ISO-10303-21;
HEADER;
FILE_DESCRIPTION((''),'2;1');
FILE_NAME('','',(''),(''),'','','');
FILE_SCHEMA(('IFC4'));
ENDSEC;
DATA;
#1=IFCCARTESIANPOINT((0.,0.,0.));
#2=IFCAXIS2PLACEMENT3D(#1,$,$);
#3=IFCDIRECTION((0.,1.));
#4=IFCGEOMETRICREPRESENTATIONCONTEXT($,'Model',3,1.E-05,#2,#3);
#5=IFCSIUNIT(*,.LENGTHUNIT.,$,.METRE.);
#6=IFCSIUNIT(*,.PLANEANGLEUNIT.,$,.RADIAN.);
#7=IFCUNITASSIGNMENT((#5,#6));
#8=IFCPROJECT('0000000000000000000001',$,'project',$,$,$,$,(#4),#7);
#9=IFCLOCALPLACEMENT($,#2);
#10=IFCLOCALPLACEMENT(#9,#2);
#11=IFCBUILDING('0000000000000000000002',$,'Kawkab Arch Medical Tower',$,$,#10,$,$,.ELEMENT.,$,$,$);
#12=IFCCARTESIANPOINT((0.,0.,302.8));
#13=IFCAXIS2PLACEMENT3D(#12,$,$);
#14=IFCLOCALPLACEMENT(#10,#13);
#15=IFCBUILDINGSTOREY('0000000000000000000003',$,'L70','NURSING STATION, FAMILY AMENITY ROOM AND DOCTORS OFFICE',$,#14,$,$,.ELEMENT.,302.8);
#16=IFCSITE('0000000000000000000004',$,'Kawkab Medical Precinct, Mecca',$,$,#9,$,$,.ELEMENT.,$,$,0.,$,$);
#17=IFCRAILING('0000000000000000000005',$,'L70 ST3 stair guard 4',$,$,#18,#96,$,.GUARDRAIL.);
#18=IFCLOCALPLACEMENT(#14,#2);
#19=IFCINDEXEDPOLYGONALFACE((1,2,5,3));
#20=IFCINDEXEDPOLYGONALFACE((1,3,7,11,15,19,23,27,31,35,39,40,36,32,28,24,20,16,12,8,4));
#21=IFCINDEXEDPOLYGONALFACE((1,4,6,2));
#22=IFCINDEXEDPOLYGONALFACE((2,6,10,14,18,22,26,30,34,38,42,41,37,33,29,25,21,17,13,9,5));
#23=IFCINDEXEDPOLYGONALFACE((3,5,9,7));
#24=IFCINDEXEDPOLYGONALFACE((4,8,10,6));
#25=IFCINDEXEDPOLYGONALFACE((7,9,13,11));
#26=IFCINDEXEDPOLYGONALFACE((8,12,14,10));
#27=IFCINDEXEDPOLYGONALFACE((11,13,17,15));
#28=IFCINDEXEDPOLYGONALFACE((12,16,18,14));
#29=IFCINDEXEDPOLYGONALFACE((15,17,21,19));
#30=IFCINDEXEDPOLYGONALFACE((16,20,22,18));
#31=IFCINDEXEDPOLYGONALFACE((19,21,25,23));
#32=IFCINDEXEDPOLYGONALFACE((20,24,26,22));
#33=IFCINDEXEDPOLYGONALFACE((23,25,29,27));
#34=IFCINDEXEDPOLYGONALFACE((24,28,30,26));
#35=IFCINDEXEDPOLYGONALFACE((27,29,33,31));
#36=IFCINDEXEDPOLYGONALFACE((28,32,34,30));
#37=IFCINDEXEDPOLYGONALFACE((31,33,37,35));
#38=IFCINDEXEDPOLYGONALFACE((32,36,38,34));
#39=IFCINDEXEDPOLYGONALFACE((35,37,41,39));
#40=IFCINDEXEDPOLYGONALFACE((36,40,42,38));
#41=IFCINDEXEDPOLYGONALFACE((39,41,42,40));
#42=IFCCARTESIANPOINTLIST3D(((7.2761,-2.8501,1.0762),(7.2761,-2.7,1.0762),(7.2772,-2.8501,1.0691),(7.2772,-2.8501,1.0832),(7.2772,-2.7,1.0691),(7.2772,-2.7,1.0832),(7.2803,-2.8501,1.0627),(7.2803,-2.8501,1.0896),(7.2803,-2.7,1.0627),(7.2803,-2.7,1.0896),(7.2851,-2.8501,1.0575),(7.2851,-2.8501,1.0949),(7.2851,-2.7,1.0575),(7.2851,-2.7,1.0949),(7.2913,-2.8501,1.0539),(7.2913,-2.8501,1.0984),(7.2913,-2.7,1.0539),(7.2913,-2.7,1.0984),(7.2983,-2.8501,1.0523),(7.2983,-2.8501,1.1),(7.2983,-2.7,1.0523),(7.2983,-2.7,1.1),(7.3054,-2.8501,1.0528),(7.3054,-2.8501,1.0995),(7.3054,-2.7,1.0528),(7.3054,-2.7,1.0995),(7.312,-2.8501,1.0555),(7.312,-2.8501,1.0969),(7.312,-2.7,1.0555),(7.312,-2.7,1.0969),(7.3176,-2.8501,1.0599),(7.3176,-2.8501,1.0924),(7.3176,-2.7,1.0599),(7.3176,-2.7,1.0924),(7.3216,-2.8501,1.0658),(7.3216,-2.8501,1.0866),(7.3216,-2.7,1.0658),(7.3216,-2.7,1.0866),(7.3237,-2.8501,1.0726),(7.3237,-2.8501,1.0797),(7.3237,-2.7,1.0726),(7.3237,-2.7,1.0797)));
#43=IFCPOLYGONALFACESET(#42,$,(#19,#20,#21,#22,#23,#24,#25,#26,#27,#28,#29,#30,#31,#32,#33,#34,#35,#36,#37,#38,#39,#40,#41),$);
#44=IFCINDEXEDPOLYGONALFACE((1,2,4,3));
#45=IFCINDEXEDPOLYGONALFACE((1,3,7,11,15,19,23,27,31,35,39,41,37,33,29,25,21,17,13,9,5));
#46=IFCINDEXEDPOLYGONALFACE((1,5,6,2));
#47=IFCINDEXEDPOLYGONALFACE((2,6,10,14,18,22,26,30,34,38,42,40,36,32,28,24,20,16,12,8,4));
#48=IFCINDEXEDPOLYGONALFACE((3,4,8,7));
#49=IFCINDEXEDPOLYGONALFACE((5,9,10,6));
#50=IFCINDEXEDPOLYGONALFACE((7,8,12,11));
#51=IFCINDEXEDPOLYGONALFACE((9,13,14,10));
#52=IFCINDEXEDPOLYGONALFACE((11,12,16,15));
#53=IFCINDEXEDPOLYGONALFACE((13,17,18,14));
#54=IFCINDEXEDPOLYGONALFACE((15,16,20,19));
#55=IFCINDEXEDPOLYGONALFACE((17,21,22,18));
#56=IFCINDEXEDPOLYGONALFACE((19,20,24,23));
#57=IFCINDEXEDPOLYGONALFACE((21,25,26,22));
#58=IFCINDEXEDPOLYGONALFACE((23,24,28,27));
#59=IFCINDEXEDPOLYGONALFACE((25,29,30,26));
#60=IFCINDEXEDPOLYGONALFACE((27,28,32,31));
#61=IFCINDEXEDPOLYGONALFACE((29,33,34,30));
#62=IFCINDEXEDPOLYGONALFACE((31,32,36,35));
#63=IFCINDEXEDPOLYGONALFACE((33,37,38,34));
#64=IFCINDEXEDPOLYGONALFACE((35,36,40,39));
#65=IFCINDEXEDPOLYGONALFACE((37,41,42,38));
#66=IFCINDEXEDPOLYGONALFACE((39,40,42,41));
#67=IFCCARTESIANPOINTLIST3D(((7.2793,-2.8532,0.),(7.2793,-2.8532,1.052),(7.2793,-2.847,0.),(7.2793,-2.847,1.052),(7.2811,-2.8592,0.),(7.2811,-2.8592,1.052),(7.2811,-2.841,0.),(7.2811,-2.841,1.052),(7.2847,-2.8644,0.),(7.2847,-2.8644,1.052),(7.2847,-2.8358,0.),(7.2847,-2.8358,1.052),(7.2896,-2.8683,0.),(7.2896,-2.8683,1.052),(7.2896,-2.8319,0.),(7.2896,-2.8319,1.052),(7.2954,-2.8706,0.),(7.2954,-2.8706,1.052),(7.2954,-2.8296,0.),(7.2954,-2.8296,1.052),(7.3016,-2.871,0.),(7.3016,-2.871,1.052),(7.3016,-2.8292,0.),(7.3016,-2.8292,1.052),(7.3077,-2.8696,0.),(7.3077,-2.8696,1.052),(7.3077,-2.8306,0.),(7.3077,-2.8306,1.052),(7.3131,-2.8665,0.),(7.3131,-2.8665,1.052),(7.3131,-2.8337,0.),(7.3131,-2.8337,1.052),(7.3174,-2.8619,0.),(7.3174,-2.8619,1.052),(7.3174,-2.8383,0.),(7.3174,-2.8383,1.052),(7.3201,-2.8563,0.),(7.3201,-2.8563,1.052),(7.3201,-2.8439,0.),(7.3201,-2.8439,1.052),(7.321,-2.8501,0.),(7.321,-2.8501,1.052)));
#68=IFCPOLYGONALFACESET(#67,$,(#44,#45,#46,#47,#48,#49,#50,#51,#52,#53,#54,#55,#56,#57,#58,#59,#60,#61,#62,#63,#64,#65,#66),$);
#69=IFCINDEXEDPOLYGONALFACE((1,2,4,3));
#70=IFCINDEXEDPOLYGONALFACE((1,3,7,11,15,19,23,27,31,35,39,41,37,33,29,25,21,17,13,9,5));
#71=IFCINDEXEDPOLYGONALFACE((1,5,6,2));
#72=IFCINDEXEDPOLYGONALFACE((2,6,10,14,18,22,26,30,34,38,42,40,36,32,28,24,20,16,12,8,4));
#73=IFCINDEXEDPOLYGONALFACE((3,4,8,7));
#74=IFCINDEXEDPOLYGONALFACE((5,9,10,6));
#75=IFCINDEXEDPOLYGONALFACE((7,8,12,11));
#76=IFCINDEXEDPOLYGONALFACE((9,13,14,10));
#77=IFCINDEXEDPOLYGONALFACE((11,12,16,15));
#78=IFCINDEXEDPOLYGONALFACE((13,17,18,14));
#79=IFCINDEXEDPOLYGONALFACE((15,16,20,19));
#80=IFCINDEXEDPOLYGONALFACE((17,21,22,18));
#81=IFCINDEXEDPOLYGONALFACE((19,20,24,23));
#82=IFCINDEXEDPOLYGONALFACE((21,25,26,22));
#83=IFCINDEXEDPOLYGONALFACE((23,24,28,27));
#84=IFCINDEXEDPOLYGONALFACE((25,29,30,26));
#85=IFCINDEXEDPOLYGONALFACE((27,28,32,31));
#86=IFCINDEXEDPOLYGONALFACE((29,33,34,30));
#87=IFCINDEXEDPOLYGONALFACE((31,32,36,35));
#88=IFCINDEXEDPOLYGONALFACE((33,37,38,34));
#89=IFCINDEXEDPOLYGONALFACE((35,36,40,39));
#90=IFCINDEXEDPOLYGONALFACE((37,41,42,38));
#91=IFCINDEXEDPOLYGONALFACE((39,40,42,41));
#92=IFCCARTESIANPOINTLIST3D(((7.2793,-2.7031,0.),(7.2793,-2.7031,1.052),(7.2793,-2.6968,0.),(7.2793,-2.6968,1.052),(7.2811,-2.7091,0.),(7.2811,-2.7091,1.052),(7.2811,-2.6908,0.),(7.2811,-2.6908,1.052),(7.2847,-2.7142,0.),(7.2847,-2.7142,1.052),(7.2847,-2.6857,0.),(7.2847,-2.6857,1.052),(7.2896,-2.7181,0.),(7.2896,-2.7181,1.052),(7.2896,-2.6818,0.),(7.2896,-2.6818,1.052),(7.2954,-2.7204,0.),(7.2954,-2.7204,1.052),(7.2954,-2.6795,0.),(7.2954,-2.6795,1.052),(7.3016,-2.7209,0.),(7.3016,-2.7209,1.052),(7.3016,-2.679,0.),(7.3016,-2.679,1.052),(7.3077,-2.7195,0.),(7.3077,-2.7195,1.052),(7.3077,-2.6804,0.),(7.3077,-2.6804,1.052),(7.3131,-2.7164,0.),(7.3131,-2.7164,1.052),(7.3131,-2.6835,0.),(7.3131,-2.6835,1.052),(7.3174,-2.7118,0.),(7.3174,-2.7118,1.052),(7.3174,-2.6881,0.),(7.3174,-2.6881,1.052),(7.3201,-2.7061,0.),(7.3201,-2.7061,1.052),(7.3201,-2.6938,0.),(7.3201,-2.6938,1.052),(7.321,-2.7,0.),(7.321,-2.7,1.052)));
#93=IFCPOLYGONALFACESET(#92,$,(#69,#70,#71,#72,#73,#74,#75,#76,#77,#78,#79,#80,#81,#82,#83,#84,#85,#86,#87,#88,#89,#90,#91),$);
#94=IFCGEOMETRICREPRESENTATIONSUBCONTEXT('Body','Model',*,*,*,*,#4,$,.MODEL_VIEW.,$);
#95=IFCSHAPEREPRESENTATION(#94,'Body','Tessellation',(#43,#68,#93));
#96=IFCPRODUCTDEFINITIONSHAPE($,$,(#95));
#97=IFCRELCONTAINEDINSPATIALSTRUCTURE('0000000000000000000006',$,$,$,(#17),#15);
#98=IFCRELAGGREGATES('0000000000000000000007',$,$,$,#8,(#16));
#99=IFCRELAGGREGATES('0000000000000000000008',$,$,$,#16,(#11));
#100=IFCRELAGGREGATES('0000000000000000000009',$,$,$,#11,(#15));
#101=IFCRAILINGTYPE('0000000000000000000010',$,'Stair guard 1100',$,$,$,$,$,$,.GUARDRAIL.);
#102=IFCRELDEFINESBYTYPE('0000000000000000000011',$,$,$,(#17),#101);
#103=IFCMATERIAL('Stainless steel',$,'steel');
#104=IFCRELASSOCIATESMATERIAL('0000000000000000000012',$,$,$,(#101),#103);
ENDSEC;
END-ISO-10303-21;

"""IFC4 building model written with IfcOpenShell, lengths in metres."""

from ifc_helpers import new_model, si_unit, direction, frame, origin, origin_2d, place, context, subcontext, project, spatial, circle, extrude, material, type_object, element, save


model = new_model("IFC4")

# Units and contexts
model_context = context("Model", 3, precision=1e-05, world=origin(), true_north=direction((0.0, 1.0)))
body_context = subcontext(model_context, "Body", "Model", "MODEL_VIEW")
ifc_project = project(units=[si_unit("LENGTHUNIT", "METRE"), si_unit("PLANEANGLEUNIT", "RADIAN")], contexts=[model_context])

# Site, building, storey
site_placement = place(None, origin())
site = spatial("IfcSite", under=ifc_project, at=site_placement, Name="Kawkab Medical Precinct, Mecca", CompositionType="ELEMENT", RefElevation=0.0)
building_placement = place(site_placement, origin())
building = spatial("IfcBuilding", under=site, at=building_placement, Name="Kawkab Arch Medical Tower", CompositionType="ELEMENT")
storey_placement = place(building_placement, frame((0.0, 0.0, 302.8)))
storey = spatial("IfcBuildingStorey", under=building, at=storey_placement, Name="L70", Description="NURSING STATION, FAMILY AMENITY ROOM AND DOCTORS OFFICE", CompositionType="ELEMENT", Elevation=302.8)

# Railing
ifc_material_1 = material(Name="Stainless steel", Category="steel")
railing_type_1 = type_object("IfcRailingType", Name="Stair guard 1100", PredefinedType="GUARDRAIL", material=ifc_material_1)
railing_1_placement = place(storey_placement, frame((7.3, -2.8501, 0.0)))
element("IfcRailing", 1, at=railing_1_placement, inside=storey, type_object=railing_type_1, Name="L70 ST3 stair guard 4", PredefinedType="GUARDRAIL", context=body_context, shape_type="SweptSolid", body=[
    extrude(circle(Radius=0.0239, at=origin_2d()), frame((0.0, 0.0, 1.0762), z_axis=(0.0, 1.0, 0.0), x_axis=(-1.0, 0.0, 0.0)), (0.0, 0.0, 1.0), 0.1501),
    extrude(circle(Radius=0.021, at=origin_2d()), origin(), (0.0, 0.0, 1.0), 1.052),
    extrude(circle(Radius=0.021, at=origin_2d()), frame((0.0, 0.1501, 0.0)), (0.0, 0.0, 1.0), 1.052),
])

save(model, "model.ifc")
